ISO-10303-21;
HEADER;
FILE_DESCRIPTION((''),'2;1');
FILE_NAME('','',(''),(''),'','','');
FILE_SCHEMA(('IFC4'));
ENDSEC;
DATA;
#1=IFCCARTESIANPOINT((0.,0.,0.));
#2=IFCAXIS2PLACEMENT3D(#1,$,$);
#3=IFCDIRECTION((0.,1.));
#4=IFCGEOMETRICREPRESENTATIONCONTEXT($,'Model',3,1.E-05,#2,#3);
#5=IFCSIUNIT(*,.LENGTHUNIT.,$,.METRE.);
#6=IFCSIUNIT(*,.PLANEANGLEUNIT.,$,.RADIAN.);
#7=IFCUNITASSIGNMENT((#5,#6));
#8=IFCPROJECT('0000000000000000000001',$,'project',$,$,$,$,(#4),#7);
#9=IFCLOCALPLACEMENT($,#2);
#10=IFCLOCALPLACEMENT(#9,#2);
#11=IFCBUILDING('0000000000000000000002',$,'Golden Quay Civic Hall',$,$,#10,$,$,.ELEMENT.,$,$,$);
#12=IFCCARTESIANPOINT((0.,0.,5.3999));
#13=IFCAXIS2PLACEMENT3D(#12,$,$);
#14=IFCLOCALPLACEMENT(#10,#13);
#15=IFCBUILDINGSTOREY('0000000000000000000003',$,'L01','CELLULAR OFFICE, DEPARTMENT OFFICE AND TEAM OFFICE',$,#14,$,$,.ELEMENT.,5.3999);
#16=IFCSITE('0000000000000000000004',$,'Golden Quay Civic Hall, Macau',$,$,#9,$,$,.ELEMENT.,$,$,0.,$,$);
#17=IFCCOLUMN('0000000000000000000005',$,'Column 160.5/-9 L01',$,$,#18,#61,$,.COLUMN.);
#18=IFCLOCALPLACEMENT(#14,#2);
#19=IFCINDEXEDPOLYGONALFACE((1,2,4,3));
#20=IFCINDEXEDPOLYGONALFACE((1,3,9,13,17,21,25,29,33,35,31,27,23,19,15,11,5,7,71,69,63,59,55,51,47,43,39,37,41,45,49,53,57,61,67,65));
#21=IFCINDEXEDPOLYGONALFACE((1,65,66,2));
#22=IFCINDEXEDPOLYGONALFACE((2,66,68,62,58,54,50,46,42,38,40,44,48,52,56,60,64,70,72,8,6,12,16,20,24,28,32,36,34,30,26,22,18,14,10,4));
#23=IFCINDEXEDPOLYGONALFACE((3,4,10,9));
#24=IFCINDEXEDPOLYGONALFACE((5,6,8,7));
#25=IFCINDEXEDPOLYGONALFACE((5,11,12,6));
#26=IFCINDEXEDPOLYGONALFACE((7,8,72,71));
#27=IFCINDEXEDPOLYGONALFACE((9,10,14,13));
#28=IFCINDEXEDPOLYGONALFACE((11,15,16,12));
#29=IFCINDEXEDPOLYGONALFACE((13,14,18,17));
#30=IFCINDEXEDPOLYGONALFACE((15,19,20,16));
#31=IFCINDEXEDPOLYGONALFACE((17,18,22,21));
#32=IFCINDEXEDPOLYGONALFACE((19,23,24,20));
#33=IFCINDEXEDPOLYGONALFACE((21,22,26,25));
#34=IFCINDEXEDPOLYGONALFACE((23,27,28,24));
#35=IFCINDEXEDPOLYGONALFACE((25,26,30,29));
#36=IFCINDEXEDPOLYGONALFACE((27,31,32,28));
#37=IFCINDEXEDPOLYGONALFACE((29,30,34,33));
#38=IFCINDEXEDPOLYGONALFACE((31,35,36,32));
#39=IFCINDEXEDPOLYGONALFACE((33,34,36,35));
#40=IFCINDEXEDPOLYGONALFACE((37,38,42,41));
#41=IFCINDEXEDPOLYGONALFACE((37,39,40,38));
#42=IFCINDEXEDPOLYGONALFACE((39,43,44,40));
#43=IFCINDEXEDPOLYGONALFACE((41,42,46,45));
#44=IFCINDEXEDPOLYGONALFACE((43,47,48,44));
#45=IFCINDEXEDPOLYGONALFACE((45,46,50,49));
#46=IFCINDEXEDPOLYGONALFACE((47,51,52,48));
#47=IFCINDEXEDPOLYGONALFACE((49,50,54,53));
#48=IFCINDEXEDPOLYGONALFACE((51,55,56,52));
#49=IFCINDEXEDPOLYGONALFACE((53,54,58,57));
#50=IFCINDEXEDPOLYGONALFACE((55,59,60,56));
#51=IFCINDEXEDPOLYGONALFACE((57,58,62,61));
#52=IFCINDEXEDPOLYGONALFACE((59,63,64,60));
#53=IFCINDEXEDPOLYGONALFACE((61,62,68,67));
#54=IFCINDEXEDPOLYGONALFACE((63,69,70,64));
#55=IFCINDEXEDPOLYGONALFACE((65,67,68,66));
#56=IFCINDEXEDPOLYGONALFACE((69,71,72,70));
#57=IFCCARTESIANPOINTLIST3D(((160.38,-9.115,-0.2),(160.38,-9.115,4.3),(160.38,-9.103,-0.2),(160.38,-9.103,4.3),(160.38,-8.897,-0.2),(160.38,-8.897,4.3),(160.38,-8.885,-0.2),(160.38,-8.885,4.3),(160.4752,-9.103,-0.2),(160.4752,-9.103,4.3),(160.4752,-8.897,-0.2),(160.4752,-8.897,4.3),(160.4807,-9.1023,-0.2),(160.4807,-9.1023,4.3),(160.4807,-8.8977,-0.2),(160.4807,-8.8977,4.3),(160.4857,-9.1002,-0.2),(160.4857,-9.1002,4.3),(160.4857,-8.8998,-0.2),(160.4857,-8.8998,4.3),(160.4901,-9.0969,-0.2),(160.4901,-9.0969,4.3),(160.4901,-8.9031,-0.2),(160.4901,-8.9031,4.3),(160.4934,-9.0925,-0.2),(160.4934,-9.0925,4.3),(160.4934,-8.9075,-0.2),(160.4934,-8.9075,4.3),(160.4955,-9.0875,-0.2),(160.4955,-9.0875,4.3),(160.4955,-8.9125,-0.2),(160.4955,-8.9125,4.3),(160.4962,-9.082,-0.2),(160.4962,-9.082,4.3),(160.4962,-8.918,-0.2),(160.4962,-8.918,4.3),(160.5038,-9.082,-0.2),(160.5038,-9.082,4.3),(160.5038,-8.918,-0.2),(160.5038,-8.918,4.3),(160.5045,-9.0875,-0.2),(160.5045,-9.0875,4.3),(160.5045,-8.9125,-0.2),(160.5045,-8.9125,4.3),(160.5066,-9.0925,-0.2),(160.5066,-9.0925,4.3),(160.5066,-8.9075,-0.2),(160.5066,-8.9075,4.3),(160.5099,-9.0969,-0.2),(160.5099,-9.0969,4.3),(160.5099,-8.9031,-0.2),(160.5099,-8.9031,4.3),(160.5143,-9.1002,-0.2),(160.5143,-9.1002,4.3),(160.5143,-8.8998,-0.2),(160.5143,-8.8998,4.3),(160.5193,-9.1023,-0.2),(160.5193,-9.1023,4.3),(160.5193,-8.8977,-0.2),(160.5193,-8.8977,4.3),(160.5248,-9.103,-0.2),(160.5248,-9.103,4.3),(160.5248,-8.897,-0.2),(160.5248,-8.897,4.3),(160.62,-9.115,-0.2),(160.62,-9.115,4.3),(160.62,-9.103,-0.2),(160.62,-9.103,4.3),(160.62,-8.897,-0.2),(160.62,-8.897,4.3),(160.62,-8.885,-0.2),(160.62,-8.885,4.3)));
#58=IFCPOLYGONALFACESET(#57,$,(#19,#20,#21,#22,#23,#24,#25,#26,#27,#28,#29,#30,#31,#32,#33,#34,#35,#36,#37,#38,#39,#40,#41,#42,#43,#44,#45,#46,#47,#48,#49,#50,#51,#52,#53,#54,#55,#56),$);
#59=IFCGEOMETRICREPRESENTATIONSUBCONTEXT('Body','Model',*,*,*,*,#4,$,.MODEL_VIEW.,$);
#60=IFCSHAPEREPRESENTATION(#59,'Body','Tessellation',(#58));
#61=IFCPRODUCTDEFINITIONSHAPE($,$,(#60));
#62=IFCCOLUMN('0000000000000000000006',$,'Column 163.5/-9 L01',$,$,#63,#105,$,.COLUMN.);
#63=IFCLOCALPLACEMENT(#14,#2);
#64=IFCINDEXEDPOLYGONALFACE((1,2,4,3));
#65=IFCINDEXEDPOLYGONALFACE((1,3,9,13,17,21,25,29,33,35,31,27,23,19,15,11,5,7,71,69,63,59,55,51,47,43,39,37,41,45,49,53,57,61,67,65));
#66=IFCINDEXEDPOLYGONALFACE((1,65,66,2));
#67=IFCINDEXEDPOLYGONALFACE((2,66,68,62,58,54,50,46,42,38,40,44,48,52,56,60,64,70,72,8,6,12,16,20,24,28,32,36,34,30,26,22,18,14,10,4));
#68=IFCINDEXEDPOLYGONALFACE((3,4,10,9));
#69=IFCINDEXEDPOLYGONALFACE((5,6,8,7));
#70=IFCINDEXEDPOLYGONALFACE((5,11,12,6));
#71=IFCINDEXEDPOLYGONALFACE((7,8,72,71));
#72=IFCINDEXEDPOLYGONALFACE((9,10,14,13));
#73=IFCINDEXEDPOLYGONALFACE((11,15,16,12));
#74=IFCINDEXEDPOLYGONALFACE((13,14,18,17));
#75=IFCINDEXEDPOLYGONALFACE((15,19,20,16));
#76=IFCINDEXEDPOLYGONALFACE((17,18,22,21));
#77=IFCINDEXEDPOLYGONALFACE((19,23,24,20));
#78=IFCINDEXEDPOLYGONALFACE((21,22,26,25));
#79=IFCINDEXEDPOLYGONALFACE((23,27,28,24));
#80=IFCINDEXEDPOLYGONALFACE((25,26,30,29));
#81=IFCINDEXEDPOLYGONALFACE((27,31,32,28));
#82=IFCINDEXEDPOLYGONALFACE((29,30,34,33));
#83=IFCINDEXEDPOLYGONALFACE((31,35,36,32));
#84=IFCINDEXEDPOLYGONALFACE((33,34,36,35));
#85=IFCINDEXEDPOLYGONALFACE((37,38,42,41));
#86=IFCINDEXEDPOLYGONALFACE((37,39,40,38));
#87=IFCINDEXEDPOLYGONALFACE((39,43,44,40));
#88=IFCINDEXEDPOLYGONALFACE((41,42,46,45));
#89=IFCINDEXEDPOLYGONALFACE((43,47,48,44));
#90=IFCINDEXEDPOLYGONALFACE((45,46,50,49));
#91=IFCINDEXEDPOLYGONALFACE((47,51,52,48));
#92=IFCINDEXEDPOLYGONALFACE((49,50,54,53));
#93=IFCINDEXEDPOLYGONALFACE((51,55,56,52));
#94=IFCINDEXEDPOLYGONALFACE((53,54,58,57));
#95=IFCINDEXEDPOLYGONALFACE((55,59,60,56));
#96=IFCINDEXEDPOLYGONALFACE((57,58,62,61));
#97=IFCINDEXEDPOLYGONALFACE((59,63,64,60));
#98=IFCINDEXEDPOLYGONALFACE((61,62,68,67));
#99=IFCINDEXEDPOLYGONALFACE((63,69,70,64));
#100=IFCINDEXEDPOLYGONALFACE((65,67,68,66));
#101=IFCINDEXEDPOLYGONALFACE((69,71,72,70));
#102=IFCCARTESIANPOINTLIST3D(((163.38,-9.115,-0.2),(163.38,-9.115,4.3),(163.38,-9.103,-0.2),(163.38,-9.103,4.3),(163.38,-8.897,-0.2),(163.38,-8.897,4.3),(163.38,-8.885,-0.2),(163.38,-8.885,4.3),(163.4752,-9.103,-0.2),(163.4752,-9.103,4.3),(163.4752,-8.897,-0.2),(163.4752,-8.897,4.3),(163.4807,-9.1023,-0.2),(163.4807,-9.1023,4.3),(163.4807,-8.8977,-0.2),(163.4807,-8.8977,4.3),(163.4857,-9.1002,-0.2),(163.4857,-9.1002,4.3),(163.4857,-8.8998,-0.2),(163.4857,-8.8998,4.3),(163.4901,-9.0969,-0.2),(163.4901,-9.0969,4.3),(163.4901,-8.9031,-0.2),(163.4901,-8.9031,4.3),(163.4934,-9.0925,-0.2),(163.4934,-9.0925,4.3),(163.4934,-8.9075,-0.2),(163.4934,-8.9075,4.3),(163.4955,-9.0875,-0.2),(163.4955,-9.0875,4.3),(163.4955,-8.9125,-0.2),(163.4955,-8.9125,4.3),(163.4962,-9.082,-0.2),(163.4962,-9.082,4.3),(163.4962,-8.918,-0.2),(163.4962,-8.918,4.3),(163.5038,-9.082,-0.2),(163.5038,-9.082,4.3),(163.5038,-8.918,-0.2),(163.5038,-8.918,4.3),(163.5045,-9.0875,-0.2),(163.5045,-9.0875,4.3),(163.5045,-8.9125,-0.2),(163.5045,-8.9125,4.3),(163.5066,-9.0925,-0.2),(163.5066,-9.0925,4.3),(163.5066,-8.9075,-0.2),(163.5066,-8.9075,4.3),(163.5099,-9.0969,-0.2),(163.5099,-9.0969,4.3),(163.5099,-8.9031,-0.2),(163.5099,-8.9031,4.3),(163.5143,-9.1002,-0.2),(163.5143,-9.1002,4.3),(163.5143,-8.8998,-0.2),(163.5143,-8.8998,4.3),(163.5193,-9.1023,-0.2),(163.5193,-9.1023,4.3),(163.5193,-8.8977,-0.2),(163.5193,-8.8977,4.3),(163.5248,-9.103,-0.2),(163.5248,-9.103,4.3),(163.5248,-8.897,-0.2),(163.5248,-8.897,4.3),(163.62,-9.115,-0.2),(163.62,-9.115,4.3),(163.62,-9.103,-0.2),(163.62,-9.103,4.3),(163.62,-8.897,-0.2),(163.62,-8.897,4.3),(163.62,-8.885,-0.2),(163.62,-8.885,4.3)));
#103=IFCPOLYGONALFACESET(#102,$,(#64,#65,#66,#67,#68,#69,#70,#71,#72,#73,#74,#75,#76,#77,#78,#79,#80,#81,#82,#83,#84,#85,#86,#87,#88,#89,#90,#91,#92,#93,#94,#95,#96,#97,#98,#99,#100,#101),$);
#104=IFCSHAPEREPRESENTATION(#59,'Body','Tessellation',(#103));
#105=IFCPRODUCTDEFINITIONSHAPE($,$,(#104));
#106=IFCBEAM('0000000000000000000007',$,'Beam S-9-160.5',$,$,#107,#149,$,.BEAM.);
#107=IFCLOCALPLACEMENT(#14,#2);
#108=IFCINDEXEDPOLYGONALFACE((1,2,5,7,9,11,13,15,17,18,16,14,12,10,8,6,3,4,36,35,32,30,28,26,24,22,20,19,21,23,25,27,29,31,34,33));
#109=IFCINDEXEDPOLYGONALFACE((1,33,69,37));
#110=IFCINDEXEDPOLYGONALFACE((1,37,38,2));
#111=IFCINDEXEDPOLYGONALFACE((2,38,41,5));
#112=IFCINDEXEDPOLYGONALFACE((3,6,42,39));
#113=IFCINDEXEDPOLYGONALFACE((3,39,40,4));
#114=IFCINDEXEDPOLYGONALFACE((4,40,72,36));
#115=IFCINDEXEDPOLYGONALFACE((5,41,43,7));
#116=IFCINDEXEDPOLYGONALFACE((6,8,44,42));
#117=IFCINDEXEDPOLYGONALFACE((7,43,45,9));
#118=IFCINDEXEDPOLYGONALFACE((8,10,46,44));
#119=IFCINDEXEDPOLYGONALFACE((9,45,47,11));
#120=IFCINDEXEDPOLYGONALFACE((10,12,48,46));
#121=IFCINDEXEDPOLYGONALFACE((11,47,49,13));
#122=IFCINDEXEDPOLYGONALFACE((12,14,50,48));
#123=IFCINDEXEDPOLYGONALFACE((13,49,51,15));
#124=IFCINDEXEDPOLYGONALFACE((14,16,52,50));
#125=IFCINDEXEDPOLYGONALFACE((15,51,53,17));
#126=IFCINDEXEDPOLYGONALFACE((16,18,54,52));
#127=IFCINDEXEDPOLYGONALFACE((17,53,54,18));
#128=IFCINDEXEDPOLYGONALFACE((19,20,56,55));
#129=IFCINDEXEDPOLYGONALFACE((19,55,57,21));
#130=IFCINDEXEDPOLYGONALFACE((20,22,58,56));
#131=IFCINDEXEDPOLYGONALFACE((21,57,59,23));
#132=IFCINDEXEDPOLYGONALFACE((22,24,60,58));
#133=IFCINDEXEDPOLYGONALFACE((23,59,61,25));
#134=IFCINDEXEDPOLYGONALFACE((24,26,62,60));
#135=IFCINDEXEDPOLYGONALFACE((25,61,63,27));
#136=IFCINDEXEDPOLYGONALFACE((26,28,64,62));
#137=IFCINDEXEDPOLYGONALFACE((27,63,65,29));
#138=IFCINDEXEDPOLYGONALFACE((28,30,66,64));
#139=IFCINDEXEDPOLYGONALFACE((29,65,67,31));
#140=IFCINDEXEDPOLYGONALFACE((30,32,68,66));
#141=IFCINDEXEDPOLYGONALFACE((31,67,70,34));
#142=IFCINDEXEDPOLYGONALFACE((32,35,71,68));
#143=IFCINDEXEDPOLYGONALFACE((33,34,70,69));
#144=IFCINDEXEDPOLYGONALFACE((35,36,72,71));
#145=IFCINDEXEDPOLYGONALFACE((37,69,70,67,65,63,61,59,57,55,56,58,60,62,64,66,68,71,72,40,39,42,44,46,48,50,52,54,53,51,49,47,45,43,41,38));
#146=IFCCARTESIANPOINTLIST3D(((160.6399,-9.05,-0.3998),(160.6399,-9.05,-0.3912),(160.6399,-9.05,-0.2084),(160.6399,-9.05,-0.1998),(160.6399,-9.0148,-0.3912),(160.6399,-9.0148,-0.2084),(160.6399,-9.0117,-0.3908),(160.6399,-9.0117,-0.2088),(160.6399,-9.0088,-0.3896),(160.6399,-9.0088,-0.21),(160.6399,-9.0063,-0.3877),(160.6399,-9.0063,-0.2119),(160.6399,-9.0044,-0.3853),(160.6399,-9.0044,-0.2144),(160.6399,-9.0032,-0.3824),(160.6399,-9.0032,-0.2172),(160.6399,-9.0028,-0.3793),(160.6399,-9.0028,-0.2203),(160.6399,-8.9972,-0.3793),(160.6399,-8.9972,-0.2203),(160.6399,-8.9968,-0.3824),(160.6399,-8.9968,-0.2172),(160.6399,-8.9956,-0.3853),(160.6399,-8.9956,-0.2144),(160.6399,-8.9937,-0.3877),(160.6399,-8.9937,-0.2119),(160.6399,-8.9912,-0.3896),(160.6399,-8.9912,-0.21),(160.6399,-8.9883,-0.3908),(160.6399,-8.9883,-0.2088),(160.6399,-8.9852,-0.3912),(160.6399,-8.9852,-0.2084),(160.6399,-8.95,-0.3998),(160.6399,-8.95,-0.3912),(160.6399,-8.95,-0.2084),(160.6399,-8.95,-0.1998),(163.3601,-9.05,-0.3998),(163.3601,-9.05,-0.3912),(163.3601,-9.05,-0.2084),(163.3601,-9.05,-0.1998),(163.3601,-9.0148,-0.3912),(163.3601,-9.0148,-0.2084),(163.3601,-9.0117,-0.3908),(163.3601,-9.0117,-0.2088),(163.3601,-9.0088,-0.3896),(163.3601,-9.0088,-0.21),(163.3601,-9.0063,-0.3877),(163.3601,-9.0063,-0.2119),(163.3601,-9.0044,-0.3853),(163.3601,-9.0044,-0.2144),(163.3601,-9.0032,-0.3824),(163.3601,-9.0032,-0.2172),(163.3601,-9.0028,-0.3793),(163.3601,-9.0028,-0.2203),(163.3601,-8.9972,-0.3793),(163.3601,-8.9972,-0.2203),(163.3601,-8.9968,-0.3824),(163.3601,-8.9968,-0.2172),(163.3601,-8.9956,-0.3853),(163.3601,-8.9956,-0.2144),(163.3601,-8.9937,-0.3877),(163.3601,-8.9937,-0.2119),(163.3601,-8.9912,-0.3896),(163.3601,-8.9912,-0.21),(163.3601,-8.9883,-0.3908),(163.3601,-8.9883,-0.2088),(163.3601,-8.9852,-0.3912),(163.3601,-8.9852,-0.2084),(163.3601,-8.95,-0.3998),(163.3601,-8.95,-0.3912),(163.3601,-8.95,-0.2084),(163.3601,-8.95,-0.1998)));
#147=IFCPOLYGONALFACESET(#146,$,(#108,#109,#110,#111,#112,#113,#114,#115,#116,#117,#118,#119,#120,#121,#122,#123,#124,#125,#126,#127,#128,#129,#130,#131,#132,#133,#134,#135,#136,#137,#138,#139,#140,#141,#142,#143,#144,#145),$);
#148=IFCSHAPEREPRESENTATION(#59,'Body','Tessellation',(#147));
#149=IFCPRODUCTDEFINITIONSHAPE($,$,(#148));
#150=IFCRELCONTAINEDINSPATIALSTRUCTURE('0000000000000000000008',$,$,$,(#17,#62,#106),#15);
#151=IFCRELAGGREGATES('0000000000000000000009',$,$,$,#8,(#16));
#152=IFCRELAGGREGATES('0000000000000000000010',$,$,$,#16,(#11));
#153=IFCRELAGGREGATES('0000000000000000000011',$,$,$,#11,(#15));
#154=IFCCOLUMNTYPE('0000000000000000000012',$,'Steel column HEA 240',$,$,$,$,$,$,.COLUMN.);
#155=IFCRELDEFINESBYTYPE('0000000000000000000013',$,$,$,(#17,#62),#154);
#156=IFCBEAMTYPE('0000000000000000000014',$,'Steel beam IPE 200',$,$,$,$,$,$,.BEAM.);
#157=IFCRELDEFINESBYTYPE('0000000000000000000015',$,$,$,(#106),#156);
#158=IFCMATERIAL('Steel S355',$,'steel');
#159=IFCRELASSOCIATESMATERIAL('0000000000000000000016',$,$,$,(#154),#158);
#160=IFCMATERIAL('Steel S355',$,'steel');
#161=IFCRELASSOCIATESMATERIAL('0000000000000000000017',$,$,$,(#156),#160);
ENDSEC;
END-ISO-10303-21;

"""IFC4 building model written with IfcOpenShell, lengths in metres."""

from ifc_helpers import new_model, si_unit, direction, frame, origin, origin_2d, place, context, subcontext, project, spatial, i_section, extrude, material, material_profile, profile_set, type_object, element, save


model = new_model("IFC4")

# Units and contexts
model_context = context("Model", 3, precision=1e-05, world=origin(), true_north=direction((0.0, 1.0)))
body_context = subcontext(model_context, "Body", "Model", "MODEL_VIEW")
ifc_project = project(units=[si_unit("LENGTHUNIT", "METRE"), si_unit("PLANEANGLEUNIT", "RADIAN")], contexts=[model_context])

# Site, building, storey
site_placement = place(None, origin())
site = spatial("IfcSite", under=ifc_project, at=site_placement, Name="Golden Quay Civic Hall, Macau", CompositionType="ELEMENT", RefElevation=0.0)
building_placement = place(site_placement, origin())
building = spatial("IfcBuilding", under=site, at=building_placement, Name="Golden Quay Civic Hall", CompositionType="ELEMENT")
storey_placement = place(building_placement, frame((0.0, 0.0, 5.3999)))
storey = spatial("IfcBuildingStorey", under=building, at=storey_placement, Name="L01", Description="CELLULAR OFFICE, DEPARTMENT OFFICE AND TEAM OFFICE", CompositionType="ELEMENT", Elevation=5.3999)

# Columns
ifc_material_1 = material(Name="Steel S355", Category="steel")
ifc_material_profile_1 = material_profile(ifc_material_1, i_section(OverallWidth=0.24, OverallDepth=0.23, WebThickness=0.0076, FlangeThickness=0.012, FilletRadius=0.021, at=origin_2d()), Name="HEA 240")
ifc_profile_set_1 = profile_set([ifc_material_profile_1], Name="Steel S355")
column_type = type_object("IfcColumnType", Name="Steel column HEA 240", PredefinedType="COLUMN", material=ifc_profile_set_1)
for number, where, z_axis, x_axis, name in (
    (1, (160.5, -9.0, -0.2), (0.0, 0.0, 1.0), (1.0, 0.0, 0.0), "Column 160.5/-9 L01"),
    (2, (163.5, -9.0, -0.2), (0.0, 0.0, 1.0), (1.0, 0.0, 0.0), "Column 163.5/-9 L01"),
):
    element("IfcColumn", number, at=place(storey_placement, frame(where, z_axis=z_axis, x_axis=x_axis)), inside=storey, type_object=column_type, Name=name, PredefinedType="COLUMN", context=body_context, shape_type="SweptSolid", body=[
        extrude(i_section(OverallWidth=0.24, OverallDepth=0.23, WebThickness=0.0076, FlangeThickness=0.012, FilletRadius=0.021, at=origin_2d()), origin(), (0.0, 0.0, 1.0), 4.5),
    ])

# Beam
ifc_material_2 = material(Name="Steel S355", Category="steel")
ifc_material_profile_2 = material_profile(ifc_material_2, i_section(OverallWidth=0.1001, OverallDepth=0.2, WebThickness=0.0056, FlangeThickness=0.0085, FilletRadius=0.012, at=origin_2d()), Name="IPE 200")
ifc_profile_set_2 = profile_set([ifc_material_profile_2], Name="Steel S355")
beam_type = type_object("IfcBeamType", Name="Steel beam IPE 200", PredefinedType="BEAM", material=ifc_profile_set_2)
beam_placement = place(storey_placement, frame((160.6399, -9.0, -0.2998), z_axis=(1.0, 0.0, 0.0), x_axis=(0.0, 1.0, 0.0)))
element("IfcBeam", 3, at=beam_placement, inside=storey, type_object=beam_type, Name="Beam S-9-160.5", PredefinedType="BEAM", context=body_context, shape_type="SweptSolid", body=[
    extrude(i_section(OverallWidth=0.1001, OverallDepth=0.2, WebThickness=0.0056, FlangeThickness=0.0085, FilletRadius=0.012, at=origin_2d()), origin(), (0.0, 0.0, 1.0), 2.7202),
])

save(model, "model.ifc")
